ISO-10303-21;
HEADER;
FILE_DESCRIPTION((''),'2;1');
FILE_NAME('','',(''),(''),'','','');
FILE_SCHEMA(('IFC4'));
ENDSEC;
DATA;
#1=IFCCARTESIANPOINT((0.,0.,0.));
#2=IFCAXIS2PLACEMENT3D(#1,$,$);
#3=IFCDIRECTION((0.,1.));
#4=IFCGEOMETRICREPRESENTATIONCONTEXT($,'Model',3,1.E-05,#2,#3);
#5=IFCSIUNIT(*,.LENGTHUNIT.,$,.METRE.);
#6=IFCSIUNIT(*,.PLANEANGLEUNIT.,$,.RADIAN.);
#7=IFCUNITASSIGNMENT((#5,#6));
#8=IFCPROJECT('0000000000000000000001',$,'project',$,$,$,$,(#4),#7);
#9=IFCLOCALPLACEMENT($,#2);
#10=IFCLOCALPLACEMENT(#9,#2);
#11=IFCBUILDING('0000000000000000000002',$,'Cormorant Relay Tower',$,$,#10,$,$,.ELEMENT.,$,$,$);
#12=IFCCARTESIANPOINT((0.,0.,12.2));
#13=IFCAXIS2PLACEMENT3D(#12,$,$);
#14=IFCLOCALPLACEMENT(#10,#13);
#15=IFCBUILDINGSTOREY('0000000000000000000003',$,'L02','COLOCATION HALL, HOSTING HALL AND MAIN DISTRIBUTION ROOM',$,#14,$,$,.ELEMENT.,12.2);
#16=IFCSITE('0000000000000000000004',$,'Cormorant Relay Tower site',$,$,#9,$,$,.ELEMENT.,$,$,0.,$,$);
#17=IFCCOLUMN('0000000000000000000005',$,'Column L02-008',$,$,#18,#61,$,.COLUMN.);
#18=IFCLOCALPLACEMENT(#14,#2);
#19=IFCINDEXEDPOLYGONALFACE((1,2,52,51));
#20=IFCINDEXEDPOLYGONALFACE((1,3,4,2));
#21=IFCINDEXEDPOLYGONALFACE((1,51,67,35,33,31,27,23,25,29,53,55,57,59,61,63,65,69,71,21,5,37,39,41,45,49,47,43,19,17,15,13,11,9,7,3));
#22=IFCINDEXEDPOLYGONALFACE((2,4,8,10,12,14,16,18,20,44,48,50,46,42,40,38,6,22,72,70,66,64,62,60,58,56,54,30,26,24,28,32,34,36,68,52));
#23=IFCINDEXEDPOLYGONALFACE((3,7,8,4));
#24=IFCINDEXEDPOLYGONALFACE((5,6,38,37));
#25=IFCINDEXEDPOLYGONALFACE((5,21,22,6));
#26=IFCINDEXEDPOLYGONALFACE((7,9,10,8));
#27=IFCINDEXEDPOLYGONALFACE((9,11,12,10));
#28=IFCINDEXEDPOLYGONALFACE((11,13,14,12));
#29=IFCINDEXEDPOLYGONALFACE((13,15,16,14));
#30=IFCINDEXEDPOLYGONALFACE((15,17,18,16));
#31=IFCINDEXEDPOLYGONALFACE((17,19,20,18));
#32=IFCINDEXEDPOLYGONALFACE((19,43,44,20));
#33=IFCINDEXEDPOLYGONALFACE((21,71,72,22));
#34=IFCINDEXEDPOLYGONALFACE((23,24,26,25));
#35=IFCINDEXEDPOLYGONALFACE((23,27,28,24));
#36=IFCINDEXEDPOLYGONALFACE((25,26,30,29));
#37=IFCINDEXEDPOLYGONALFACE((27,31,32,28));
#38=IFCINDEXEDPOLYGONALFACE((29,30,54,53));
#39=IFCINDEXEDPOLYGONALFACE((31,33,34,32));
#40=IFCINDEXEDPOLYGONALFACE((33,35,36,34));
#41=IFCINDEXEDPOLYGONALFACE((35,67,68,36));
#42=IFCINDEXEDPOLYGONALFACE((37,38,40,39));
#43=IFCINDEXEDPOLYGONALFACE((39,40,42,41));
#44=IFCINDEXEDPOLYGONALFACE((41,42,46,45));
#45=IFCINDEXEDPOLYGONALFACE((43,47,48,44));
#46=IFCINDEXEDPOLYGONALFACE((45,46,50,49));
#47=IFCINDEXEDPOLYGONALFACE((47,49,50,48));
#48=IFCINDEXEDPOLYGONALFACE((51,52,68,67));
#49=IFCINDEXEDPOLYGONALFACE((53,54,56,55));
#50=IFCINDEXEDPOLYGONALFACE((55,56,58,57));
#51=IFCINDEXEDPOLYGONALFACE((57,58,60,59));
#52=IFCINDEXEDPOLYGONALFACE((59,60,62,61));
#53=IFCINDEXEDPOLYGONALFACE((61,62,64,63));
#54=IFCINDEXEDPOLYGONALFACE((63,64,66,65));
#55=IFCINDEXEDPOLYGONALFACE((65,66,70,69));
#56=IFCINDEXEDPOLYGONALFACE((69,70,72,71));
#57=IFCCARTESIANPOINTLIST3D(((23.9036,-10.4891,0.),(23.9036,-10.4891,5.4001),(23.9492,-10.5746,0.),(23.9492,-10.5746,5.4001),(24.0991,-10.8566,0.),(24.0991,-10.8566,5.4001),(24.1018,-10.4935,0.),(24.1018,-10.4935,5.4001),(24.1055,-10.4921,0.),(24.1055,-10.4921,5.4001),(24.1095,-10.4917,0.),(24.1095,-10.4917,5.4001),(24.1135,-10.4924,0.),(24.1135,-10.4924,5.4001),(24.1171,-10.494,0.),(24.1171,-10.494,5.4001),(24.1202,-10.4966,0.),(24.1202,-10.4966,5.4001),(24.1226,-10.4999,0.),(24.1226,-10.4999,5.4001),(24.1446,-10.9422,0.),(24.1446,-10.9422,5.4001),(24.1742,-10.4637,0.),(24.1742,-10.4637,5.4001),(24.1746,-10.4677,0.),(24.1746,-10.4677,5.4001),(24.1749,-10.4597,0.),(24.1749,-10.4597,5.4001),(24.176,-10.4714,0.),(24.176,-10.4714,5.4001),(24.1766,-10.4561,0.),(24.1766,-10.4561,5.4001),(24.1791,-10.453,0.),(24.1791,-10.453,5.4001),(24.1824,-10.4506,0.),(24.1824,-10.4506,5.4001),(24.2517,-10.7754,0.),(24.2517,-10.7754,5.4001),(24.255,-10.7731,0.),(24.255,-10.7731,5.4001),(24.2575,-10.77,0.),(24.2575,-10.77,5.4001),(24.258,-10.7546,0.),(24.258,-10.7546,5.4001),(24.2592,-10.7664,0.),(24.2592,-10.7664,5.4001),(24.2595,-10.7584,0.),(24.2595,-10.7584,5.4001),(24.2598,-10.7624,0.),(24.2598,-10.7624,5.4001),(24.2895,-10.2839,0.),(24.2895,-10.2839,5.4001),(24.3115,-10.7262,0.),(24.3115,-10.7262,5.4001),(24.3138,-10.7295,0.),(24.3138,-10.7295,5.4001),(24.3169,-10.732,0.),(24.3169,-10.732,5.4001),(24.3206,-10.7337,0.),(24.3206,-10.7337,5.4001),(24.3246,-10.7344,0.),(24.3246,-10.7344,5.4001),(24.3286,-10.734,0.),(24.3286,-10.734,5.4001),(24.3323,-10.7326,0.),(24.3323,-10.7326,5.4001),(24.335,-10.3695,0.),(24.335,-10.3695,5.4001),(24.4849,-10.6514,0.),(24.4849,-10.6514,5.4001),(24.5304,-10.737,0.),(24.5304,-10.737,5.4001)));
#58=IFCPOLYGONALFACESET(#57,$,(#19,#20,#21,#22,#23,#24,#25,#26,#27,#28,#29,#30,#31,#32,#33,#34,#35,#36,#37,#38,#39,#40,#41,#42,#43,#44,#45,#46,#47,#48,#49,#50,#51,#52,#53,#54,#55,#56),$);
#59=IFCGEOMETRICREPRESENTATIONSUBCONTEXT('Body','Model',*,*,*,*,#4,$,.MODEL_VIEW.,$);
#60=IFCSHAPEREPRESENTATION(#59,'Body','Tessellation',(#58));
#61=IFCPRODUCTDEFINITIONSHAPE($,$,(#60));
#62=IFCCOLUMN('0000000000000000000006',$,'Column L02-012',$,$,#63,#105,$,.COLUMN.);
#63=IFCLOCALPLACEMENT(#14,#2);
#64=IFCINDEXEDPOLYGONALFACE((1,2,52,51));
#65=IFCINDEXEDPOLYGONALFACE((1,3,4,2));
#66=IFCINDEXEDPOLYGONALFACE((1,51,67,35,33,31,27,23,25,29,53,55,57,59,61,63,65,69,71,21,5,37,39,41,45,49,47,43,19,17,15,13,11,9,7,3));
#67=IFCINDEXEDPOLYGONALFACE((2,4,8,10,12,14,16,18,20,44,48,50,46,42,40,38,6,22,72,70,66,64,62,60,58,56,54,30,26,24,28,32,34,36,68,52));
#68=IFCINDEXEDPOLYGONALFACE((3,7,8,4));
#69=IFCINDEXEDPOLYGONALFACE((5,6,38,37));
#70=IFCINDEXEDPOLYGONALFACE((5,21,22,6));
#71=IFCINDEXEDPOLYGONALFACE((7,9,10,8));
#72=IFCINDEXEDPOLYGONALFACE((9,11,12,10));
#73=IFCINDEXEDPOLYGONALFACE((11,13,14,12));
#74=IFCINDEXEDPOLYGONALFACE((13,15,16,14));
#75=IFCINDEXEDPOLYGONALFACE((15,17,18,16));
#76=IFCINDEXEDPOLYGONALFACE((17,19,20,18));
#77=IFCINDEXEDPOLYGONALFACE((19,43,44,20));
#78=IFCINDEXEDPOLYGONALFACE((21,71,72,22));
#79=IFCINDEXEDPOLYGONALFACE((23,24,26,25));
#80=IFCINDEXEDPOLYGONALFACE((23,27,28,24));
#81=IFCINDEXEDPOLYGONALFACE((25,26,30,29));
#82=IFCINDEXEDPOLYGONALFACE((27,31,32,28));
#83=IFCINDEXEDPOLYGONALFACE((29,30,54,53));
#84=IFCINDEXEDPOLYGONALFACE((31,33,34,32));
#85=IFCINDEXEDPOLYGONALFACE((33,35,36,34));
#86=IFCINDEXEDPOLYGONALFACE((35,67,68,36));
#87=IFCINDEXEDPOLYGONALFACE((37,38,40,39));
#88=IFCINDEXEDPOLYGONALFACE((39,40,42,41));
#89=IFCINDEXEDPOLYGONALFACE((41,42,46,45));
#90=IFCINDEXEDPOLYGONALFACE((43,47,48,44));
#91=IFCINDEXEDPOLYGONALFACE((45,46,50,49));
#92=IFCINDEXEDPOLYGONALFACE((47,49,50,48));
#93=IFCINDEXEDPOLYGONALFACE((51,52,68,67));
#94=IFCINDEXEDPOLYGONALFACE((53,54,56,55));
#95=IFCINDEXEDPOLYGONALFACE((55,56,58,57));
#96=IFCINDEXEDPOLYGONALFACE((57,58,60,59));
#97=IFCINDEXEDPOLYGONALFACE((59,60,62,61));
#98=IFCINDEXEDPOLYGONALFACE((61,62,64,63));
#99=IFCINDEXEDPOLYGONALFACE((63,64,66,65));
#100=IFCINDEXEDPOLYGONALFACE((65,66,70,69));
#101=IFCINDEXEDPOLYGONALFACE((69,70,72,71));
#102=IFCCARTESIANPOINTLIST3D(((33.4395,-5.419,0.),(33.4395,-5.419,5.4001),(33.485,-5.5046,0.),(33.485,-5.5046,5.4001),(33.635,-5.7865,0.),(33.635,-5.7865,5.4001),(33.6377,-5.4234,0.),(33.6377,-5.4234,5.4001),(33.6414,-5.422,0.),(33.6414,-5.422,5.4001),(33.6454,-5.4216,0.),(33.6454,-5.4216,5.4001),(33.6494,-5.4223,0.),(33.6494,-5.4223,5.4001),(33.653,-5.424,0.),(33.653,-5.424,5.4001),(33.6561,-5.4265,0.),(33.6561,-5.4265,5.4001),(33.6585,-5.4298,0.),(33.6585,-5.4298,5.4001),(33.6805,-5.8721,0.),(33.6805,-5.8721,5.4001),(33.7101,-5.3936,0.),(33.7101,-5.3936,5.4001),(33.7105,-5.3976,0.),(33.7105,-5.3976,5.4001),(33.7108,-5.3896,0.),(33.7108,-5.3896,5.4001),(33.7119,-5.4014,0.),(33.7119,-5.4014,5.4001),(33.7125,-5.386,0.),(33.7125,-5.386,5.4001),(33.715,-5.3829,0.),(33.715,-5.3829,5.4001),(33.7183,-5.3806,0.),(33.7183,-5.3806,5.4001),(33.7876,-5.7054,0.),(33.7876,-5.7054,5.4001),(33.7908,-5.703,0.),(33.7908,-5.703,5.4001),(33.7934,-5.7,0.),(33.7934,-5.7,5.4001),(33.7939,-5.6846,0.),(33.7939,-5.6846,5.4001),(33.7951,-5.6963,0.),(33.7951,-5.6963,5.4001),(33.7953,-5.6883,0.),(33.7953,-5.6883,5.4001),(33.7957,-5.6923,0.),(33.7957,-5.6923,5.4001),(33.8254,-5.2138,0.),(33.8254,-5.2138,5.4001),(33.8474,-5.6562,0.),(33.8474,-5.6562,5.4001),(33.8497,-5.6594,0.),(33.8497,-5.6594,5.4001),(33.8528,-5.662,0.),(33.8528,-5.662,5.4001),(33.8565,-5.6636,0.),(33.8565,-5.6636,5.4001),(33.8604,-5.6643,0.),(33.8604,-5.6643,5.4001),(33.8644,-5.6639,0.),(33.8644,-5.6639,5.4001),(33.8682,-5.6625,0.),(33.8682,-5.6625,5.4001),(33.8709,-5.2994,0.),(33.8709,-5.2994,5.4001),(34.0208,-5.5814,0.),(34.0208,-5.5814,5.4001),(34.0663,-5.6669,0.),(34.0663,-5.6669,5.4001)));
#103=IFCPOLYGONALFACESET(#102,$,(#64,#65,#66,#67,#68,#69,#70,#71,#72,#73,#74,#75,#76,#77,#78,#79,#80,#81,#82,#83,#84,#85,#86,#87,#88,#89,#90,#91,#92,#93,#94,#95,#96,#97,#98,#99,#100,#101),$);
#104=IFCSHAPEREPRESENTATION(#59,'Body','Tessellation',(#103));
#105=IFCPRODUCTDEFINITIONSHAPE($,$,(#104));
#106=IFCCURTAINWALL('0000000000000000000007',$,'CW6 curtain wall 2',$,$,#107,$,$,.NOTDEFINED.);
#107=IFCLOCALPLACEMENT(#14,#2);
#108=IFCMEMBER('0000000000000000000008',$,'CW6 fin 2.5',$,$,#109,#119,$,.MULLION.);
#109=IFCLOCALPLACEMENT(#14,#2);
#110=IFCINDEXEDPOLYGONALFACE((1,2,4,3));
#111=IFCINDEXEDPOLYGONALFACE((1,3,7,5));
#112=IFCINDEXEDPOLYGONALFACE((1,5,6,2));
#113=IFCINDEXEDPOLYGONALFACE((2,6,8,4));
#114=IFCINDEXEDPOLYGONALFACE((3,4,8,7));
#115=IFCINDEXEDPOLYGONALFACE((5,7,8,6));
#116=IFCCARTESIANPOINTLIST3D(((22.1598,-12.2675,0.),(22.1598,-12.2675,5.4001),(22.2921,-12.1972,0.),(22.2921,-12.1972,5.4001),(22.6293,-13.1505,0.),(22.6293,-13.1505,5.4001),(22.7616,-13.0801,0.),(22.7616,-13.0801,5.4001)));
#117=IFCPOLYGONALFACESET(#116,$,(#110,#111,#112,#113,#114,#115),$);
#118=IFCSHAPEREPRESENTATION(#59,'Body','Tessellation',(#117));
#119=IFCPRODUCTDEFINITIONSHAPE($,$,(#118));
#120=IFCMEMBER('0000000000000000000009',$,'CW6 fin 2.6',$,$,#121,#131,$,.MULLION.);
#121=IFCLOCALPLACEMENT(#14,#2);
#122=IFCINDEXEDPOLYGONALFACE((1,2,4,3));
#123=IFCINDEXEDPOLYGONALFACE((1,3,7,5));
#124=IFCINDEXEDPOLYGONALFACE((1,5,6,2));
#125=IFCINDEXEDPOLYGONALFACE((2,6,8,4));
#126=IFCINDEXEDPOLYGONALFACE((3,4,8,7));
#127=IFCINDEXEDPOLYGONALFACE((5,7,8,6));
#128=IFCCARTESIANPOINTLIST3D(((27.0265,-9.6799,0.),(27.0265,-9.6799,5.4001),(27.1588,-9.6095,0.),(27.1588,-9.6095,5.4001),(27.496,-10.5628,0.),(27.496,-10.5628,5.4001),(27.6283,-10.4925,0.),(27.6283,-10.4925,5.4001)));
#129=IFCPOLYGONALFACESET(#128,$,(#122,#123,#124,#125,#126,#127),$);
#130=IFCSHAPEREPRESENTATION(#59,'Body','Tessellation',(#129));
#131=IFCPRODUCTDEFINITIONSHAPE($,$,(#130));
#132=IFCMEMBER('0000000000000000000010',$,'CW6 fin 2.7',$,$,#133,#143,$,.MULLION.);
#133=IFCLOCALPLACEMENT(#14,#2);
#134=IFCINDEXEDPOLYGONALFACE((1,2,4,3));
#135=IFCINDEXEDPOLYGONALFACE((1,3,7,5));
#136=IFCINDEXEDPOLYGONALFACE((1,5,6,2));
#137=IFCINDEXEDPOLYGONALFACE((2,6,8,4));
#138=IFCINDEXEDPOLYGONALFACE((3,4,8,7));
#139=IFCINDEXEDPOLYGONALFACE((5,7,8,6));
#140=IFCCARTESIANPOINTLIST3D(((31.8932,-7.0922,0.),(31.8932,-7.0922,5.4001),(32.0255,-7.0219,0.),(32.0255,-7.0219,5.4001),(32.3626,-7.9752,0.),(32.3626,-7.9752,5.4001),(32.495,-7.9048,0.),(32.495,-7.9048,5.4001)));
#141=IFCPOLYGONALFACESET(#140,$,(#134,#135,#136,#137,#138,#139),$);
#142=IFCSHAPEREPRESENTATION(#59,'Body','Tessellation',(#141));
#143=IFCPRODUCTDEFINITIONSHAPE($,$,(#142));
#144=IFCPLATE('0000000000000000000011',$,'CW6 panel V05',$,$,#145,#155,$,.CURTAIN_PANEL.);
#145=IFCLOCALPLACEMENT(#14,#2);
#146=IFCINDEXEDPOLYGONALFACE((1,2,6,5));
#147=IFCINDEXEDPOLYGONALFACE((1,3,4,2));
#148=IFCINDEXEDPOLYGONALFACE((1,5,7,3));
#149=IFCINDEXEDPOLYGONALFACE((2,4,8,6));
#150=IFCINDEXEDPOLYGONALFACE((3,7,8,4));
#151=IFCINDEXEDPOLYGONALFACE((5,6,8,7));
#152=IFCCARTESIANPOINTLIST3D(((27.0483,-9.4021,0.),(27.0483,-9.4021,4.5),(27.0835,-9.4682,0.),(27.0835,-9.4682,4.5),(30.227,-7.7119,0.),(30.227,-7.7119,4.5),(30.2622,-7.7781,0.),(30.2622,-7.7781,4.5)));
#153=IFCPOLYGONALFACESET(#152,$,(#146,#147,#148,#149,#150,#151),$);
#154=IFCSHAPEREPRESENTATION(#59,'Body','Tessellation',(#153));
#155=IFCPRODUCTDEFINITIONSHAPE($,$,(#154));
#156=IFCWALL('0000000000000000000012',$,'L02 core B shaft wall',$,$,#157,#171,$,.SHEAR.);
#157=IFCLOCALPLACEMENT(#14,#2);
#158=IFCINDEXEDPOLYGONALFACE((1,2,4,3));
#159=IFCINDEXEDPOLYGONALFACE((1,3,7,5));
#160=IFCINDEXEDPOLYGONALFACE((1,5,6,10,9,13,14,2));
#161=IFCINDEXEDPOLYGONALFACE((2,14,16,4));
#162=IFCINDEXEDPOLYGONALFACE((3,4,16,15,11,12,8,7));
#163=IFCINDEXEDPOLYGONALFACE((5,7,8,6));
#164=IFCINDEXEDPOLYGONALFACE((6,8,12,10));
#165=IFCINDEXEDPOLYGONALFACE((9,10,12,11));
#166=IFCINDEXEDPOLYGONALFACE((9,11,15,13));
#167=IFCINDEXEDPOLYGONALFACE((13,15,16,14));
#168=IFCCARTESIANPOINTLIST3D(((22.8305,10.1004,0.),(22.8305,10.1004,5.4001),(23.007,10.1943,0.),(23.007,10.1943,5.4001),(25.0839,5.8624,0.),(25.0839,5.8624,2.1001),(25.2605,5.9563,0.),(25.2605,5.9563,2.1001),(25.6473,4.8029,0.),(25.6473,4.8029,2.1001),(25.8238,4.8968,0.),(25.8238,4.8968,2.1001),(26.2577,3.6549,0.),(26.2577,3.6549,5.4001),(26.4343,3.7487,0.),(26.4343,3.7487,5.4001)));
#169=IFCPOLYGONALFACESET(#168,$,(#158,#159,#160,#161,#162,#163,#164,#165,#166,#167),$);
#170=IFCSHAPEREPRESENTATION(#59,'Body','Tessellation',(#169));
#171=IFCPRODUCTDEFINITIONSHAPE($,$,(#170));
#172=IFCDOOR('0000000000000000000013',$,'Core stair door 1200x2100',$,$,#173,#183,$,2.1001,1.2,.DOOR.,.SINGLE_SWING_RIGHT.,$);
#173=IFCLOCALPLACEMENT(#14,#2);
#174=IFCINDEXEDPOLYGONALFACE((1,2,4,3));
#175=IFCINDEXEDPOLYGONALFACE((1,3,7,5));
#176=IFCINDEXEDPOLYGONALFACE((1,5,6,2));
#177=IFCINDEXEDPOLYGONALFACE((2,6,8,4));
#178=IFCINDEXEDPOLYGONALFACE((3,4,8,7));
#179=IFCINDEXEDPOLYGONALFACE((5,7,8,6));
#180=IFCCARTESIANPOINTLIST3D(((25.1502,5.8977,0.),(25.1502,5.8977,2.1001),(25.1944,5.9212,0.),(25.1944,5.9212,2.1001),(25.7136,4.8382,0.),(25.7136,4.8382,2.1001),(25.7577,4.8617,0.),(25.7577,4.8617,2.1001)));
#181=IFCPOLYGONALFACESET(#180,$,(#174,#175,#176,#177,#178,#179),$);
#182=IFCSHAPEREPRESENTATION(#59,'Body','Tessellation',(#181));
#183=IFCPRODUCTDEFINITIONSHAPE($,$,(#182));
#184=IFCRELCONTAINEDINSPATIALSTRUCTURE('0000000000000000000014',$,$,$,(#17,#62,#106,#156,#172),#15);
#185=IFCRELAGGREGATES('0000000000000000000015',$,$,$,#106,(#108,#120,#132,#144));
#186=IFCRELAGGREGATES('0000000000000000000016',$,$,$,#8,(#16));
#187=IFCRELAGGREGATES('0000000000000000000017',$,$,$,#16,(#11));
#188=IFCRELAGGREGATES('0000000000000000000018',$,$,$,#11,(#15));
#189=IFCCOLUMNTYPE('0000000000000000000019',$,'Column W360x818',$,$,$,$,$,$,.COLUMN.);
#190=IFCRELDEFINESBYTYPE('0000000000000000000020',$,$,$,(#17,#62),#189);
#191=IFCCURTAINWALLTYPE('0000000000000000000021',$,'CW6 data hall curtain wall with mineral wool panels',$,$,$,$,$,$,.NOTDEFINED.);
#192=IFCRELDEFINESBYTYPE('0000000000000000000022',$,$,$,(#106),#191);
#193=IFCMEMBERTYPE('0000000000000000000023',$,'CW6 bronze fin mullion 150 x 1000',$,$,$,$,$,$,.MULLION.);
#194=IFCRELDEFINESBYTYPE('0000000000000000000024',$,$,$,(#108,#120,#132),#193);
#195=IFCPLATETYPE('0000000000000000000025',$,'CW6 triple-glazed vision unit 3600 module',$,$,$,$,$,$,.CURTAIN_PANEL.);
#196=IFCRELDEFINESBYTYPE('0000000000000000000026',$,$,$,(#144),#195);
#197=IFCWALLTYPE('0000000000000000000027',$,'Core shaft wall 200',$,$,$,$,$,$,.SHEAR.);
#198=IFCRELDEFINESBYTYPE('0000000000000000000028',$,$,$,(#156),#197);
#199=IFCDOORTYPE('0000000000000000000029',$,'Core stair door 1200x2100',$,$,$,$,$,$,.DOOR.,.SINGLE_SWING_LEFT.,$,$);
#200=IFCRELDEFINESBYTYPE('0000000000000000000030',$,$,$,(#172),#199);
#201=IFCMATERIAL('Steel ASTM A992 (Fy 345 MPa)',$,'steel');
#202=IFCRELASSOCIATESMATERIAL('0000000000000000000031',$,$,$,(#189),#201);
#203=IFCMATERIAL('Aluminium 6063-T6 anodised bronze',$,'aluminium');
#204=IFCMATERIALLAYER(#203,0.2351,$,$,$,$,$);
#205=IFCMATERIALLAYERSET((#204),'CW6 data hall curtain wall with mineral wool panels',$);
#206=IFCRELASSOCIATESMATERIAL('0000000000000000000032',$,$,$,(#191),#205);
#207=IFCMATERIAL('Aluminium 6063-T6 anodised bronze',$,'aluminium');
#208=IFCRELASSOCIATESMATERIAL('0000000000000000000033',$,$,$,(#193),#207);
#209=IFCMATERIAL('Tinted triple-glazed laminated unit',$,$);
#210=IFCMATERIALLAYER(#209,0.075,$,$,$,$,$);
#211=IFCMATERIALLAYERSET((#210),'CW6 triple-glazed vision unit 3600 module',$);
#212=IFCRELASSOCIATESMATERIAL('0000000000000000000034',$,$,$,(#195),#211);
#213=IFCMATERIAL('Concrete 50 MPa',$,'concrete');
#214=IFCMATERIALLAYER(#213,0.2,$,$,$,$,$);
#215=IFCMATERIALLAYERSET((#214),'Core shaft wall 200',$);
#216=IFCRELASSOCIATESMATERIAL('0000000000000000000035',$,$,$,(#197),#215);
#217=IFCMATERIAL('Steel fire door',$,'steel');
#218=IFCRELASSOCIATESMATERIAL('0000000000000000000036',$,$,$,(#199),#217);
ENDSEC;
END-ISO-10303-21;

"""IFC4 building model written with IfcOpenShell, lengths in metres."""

from ifc_helpers import new_model, si_unit, direction, frame, frame_2d, origin, origin_2d, place, context, subcontext, project, spatial, rectangle, i_section, extrude, material, layer, layer_set, material_profile, profile_set, type_object, element, fill, aggregate, save


model = new_model("IFC4")

# Units and contexts
model_context = context("Model", 3, precision=1e-05, world=origin(), true_north=direction((0.0, 1.0)))
body_context = subcontext(model_context, "Body", "Model", "MODEL_VIEW")
ifc_project = project(units=[si_unit("LENGTHUNIT", "METRE"), si_unit("PLANEANGLEUNIT", "RADIAN")], contexts=[model_context])

# Site, building, storey
site_placement = place(None, origin())
site = spatial("IfcSite", under=ifc_project, at=site_placement, Name="Cormorant Relay Tower site", CompositionType="ELEMENT", RefElevation=0.0)
building_placement = place(site_placement, origin())
building = spatial("IfcBuilding", under=site, at=building_placement, Name="Cormorant Relay Tower", CompositionType="ELEMENT")
storey_placement = place(building_placement, frame((0.0, 0.0, 12.2)))
storey = spatial("IfcBuildingStorey", under=building, at=storey_placement, Name="L02", Description="COLOCATION HALL, HOSTING HALL AND MAIN DISTRIBUTION ROOM", CompositionType="ELEMENT", Elevation=12.2)

# Columns
ifc_material_1 = material(Name="Steel ASTM A992 (Fy 345 MPa)", Category="steel")
ifc_material_profile_1 = material_profile(ifc_material_1, i_section(OverallWidth=0.437, OverallDepth=0.5132, WebThickness=0.0605, FlangeThickness=0.0969, FilletRadius=0.0154, at=origin_2d()), Name="W360x818")
ifc_profile_set_1 = profile_set([ifc_material_profile_1], Name="Steel ASTM A992 (Fy 345 MPa)")
column_type = type_object("IfcColumnType", Name="Column W360x818", PredefinedType="COLUMN", material=ifc_profile_set_1)
for number, where, z_axis, x_axis, name in (
    (1, (24.217, -10.613, 0.0), (0.0, 0.0, 1.0), (0.882948, 0.469472, 0.0), "Column L02-008"),
    (2, (33.7529, -5.543, 0.0), (0.0, 0.0, 1.0), (0.882948, 0.469472, 0.0), "Column L02-012"),
):
    element("IfcColumn", number, at=place(storey_placement, frame(where, z_axis=z_axis, x_axis=x_axis)), inside=storey, type_object=column_type, Name=name, PredefinedType="COLUMN", context=body_context, shape_type="SweptSolid", body=[
        extrude(i_section(OverallWidth=0.437, OverallDepth=0.5132, WebThickness=0.0605, FlangeThickness=0.0969, FilletRadius=0.0154, at=origin_2d()), origin(), (0.0, 0.0, 1.0), 5.4001),
    ])

# Curtain wall, members, plate
ifc_material_2 = material(Name="Aluminium 6063-T6 anodised bronze", Category="aluminium")
ifc_layer_1 = layer(ifc_material_2, 0.2351)
ifc_layer_set_1 = layer_set([ifc_layer_1], Name="CW6 data hall curtain wall with mineral wool panels")
curtain_wall_type = type_object("IfcCurtainWallType", Name="CW6 data hall curtain wall with mineral wool panels", PredefinedType="NOTDEFINED", material=ifc_layer_set_1)
curtain_wall_placement = place(storey_placement, origin())
curtain_wall = element("IfcCurtainWall", 3, at=curtain_wall_placement, inside=storey, type_object=curtain_wall_type, Name="CW6 curtain wall 2", PredefinedType="NOTDEFINED")
ifc_material_3 = material(Name="Aluminium 6063-T6 anodised bronze", Category="aluminium")
ifc_material_profile_2 = material_profile(ifc_material_3, rectangle(XDim=0.1499, YDim=1.0, at=origin_2d()), Name="AL 150x1000")
ifc_profile_set_2 = profile_set([ifc_material_profile_2], Name="Aluminium 6063-T6 anodised bronze")
member_type = type_object("IfcMemberType", Name="CW6 bronze fin mullion 150 x 1000", PredefinedType="MULLION", material=ifc_profile_set_2)
member_1_placement = place(storey_placement, frame((22.4607, -12.6738, 0.0), z_axis=(0.0, 0.0, 1.0), x_axis=(0.882948, 0.469472, 0.0)))
member_1 = element("IfcMember", 4, at=member_1_placement, type_object=member_type, Name="CW6 fin 2.5", PredefinedType="MULLION", context=body_context, shape_type="SweptSolid", body=[
    extrude(rectangle(XDim=0.1499, YDim=1.0, at=origin_2d()), origin(), (0.0, 0.0, 1.0), 5.4001),
])
member_2_placement = place(storey_placement, frame((27.3274, -10.0862, 0.0), z_axis=(0.0, 0.0, 1.0), x_axis=(0.882948, 0.469472, 0.0)))
member_2 = element("IfcMember", 5, at=member_2_placement, type_object=member_type, Name="CW6 fin 2.6", PredefinedType="MULLION", context=body_context, shape_type="SweptSolid", body=[
    extrude(rectangle(XDim=0.1499, YDim=1.0, at=origin_2d()), origin(), (0.0, 0.0, 1.0), 5.4001),
])
member_3_placement = place(storey_placement, frame((32.1941, -7.4985, 0.0), z_axis=(0.0, 0.0, 1.0), x_axis=(0.882948, 0.469472, 0.0)))
member_3 = element("IfcMember", 6, at=member_3_placement, type_object=member_type, Name="CW6 fin 2.7", PredefinedType="MULLION", context=body_context, shape_type="SweptSolid", body=[
    extrude(rectangle(XDim=0.1499, YDim=1.0, at=origin_2d()), origin(), (0.0, 0.0, 1.0), 5.4001),
])
ifc_material_4 = material(Name="Tinted triple-glazed laminated unit")
ifc_layer_2 = layer(ifc_material_4, 0.075)
ifc_layer_set_2 = layer_set([ifc_layer_2], Name="CW6 triple-glazed vision unit 3600 module")
plate_type = type_object("IfcPlateType", Name="CW6 triple-glazed vision unit 3600 module", PredefinedType="CURTAIN_PANEL", material=ifc_layer_set_2)
plate_placement = place(storey_placement, frame((28.6553, -8.5901, 0.0), z_axis=(0.0, 0.0, 1.0), x_axis=(0.882948, 0.469472, 0.0)))
plate = element("IfcPlate", 7, at=plate_placement, type_object=plate_type, Name="CW6 panel V05", PredefinedType="CURTAIN_PANEL", context=body_context, shape_type="SweptSolid", body=[
    extrude(rectangle(XDim=3.6001, YDim=0.075, at=origin_2d()), origin(), (0.0, 0.0, 1.0), 4.5),
])

# Wall, opening, door
ifc_material_5 = material(Name="Concrete 50 MPa", Category="concrete")
ifc_layer_3 = layer(ifc_material_5, 0.2)
ifc_layer_set_3 = layer_set([ifc_layer_3], Name="Core shaft wall 200")
wall_type_1 = type_object("IfcWallType", Name="Core shaft wall 200", PredefinedType="SHEAR", material=ifc_layer_set_3)
wall_1_placement = place(storey_placement, frame((26.3459, 3.7019, 0.0), z_axis=(0.0, 0.0, 1.0), x_axis=(-0.46948, 0.882943, 0.0)))
wall_1 = element("IfcWall", 8, at=wall_1_placement, inside=storey, type_object=wall_type_1, Name="L02 core B shaft wall", PredefinedType="SHEAR", context=body_context, shape_type="SweptSolid", body=[
    extrude(rectangle(XDim=7.3, YDim=0.2, at=frame_2d((3.6499, 0.0))), origin(), (0.0, 0.0, 1.0), 5.4001),
])
opening_placement = place(wall_1_placement, frame((1.3, 0.0, 0.0)))
opening = element("IfcOpeningElement", 9, at=opening_placement, cuts=wall_1, PredefinedType="OPENING", context=body_context, shape_type="SweptSolid", body=[
    extrude(rectangle(XDim=1.2, YDim=2.1001, at=frame_2d((0.6001, 1.05))), frame((0.0, 0.1099, 0.0), z_axis=(0.0, -1.0, 0.0), x_axis=(1.0, 0.0, 0.0)), (0.0, 0.0, 1.0), 0.22),
])
ifc_material_6 = material(Name="Steel fire door", Category="steel")
door_type = type_object("IfcDoorType", Name="Core stair door 1200x2100", OperationType="SINGLE_SWING_LEFT", PredefinedType="DOOR", material=ifc_material_6)
door_placement = place(opening_placement, origin())
door = element("IfcDoor", 10, at=door_placement, inside=storey, type_object=door_type, Name="Core stair door 1200x2100", OperationType="SINGLE_SWING_RIGHT", OverallHeight=2.1001, OverallWidth=1.2, PredefinedType="DOOR", context=body_context, shape_type="SweptSolid", body=[
    extrude(rectangle(XDim=1.2, YDim=2.1001, at=frame_2d((0.6001, 1.05))), frame((0.0, 0.0249, 0.0), z_axis=(0.0, -1.0, 0.0), x_axis=(1.0, 0.0, 0.0)), (0.0, 0.0, 1.0), 0.05),
])
fill(opening, door)

aggregate(curtain_wall, [member_1, member_2, member_3, plate])

save(model, "model.ifc")
